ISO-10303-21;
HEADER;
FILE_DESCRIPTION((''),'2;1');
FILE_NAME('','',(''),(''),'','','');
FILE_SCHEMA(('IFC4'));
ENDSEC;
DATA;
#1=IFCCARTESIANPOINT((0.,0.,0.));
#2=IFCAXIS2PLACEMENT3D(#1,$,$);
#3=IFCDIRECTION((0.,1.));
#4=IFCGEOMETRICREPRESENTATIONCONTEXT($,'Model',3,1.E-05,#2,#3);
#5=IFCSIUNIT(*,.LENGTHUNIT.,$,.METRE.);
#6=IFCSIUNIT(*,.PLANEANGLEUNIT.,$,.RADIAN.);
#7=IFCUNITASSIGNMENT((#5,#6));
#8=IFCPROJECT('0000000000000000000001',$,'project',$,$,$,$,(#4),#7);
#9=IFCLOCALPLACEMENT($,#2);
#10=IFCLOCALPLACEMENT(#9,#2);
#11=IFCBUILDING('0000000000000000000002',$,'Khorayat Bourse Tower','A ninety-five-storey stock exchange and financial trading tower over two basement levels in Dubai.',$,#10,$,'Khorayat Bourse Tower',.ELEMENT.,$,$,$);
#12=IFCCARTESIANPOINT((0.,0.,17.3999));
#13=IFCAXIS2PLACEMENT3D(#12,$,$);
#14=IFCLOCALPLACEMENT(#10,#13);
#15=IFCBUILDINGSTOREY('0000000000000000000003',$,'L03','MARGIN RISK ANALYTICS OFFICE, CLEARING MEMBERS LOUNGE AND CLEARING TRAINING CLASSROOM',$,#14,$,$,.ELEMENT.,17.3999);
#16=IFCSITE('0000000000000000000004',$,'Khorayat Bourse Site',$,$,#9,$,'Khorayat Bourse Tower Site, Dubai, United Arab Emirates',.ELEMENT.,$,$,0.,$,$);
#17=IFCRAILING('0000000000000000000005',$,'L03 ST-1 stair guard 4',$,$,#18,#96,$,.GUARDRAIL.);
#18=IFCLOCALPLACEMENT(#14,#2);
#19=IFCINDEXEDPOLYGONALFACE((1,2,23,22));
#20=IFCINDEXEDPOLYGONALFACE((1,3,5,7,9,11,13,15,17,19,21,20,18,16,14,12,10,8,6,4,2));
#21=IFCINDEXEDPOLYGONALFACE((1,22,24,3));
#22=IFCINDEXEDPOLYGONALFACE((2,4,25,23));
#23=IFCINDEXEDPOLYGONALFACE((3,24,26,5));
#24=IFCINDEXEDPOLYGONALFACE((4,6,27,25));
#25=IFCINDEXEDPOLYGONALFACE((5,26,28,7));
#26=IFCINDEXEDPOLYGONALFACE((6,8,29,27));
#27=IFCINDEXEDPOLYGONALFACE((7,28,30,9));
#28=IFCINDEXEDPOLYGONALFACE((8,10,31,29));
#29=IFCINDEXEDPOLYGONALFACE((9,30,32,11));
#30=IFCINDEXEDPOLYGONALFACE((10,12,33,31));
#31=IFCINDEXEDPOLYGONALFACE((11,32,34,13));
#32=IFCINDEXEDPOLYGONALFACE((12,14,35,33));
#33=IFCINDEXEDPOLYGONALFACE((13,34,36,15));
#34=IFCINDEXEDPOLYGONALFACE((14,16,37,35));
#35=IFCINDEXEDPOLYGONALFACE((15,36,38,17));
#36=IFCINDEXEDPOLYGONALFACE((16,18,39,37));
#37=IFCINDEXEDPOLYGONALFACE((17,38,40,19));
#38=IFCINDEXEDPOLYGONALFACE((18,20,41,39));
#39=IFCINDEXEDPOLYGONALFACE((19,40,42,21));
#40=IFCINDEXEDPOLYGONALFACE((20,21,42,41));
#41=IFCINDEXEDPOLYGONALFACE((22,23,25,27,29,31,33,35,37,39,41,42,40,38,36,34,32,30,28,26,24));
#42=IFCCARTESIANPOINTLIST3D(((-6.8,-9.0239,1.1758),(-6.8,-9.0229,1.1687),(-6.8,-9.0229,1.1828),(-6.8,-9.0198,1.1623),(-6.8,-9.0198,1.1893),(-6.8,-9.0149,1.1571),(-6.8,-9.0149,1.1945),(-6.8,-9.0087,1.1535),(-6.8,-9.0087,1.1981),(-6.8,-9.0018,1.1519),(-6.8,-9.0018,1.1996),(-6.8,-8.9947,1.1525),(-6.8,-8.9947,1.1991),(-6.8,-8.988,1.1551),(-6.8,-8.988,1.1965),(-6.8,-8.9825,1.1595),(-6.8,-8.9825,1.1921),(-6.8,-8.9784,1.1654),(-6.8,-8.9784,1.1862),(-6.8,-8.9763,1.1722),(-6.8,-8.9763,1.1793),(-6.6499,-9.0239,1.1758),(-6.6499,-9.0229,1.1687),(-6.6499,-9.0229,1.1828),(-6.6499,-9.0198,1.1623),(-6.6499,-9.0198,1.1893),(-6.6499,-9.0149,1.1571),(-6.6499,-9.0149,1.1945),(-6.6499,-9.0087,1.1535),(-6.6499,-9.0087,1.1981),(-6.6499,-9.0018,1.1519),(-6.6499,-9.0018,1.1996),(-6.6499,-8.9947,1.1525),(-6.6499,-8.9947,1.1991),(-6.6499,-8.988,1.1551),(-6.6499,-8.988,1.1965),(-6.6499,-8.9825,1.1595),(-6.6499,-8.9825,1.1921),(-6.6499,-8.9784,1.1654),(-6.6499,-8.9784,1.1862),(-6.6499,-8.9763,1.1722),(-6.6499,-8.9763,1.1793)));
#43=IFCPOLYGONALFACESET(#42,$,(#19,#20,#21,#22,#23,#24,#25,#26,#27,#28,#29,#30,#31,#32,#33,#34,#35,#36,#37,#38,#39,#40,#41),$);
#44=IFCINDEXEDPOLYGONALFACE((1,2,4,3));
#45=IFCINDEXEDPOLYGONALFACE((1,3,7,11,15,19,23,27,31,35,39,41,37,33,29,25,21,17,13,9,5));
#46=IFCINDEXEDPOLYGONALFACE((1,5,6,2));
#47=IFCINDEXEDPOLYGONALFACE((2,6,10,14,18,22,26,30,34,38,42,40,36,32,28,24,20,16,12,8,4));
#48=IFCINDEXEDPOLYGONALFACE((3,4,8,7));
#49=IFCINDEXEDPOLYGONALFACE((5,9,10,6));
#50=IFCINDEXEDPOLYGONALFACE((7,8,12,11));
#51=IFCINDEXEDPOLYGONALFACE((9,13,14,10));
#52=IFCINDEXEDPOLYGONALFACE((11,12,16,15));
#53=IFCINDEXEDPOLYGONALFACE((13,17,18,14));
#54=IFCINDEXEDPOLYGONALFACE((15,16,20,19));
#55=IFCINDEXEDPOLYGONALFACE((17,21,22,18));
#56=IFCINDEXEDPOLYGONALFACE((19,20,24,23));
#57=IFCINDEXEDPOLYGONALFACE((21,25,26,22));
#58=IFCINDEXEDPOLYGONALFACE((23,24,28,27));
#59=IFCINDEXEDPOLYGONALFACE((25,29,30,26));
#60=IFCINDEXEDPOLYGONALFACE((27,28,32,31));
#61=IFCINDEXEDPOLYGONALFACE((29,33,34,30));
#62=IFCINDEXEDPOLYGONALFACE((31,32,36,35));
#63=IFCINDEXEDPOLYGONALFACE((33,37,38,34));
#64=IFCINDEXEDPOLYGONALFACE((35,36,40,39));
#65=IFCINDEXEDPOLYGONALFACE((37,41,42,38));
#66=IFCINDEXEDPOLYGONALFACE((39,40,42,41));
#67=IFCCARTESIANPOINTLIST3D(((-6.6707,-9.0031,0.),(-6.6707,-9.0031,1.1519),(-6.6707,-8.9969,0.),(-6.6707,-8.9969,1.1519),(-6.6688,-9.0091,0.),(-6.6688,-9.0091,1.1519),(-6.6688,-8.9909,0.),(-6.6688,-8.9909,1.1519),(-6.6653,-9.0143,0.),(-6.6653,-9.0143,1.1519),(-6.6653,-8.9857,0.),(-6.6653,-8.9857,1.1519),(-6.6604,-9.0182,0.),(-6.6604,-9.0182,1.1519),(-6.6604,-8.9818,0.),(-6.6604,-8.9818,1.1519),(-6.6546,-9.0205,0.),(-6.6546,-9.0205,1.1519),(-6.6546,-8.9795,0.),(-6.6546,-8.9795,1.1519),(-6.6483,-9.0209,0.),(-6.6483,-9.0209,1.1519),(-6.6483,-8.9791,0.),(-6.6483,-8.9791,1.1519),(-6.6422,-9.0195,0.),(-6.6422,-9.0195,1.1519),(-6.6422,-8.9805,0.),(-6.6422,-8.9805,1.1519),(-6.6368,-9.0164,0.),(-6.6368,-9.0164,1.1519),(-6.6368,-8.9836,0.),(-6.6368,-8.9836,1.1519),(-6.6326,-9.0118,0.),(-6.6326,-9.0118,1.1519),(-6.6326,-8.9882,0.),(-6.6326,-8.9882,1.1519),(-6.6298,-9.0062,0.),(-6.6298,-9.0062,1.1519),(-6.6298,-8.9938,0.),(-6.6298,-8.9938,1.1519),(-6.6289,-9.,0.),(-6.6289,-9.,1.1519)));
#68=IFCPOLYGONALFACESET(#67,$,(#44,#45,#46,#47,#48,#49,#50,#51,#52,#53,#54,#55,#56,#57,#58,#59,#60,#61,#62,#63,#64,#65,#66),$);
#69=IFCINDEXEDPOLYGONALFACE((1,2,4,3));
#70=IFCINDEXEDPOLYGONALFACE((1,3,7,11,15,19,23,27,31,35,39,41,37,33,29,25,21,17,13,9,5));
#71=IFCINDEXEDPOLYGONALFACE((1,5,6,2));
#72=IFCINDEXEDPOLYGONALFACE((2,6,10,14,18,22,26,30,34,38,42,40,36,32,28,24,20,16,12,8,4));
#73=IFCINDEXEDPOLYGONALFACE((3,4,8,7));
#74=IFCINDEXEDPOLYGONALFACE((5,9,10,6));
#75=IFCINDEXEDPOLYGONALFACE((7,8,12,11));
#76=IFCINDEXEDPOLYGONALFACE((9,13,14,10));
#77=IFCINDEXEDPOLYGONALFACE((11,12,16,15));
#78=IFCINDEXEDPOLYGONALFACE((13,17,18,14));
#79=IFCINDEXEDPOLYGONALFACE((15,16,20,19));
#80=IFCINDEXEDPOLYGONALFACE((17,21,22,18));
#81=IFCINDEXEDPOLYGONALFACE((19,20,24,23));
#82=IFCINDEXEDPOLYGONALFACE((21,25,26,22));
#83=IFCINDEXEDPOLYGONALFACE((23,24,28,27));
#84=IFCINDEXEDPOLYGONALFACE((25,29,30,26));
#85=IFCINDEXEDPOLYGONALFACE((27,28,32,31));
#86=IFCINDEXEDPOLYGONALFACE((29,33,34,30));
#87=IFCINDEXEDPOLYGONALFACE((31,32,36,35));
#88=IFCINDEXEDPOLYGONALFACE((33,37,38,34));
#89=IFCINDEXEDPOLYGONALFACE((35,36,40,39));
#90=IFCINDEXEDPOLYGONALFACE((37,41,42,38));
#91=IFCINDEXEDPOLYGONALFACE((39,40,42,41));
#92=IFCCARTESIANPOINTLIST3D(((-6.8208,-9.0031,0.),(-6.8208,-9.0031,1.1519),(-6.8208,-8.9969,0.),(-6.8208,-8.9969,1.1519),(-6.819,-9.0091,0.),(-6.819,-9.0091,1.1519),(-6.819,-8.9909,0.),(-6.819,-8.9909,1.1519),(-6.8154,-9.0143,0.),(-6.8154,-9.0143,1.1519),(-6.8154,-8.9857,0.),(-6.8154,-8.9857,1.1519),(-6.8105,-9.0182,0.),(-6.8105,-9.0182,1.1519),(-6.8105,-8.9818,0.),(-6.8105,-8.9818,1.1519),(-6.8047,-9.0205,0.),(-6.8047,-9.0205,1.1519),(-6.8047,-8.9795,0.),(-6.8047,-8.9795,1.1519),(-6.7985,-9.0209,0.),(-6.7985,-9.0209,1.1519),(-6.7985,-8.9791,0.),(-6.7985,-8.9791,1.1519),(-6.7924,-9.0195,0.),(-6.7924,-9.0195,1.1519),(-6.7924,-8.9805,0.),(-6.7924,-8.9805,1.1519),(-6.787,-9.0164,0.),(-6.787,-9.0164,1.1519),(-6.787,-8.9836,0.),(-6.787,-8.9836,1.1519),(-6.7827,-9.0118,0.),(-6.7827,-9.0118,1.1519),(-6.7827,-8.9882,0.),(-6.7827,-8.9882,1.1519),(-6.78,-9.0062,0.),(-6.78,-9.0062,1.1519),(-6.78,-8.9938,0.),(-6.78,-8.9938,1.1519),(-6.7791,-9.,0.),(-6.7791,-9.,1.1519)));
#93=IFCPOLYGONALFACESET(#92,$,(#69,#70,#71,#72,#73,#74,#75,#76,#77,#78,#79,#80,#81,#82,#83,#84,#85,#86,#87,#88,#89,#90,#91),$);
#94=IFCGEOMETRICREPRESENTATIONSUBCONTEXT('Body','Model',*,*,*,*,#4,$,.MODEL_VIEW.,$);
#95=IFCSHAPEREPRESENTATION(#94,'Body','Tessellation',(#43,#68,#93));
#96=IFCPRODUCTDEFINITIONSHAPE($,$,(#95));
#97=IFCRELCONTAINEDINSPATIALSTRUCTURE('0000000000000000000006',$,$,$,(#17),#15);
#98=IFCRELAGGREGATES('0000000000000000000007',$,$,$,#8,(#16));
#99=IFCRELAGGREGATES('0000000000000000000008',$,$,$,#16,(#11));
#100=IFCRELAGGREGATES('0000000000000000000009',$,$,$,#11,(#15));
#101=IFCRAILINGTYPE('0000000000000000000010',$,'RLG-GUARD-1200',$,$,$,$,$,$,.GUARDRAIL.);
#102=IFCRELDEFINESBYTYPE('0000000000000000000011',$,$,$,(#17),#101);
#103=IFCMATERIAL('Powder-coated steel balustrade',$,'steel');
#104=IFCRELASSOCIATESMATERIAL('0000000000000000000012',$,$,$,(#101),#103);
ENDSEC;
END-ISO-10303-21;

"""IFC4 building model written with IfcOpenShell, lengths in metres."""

from ifc_helpers import new_model, si_unit, direction, frame, origin, origin_2d, place, context, subcontext, project, spatial, circle, extrude, source, transform, mapped, material, type_object, element, save


model = new_model("IFC4")

# Units and contexts
model_context = context("Model", 3, precision=1e-05, world=origin(), true_north=direction((0.0, 1.0)))
body_context = subcontext(model_context, "Body", "Model", "MODEL_VIEW")
ifc_project = project(units=[si_unit("LENGTHUNIT", "METRE"), si_unit("PLANEANGLEUNIT", "RADIAN")], contexts=[model_context])

# Site, building, storey
site_placement = place(None, origin())
site = spatial("IfcSite", under=ifc_project, at=site_placement, Name="Khorayat Bourse Site", LongName="Khorayat Bourse Tower Site, Dubai, United Arab Emirates", CompositionType="ELEMENT", RefElevation=0.0)
building_placement = place(site_placement, origin())
building = spatial("IfcBuilding", under=site, at=building_placement, Name="Khorayat Bourse Tower", Description="A ninety-five-storey stock exchange and financial trading tower over two basement levels in Dubai.", LongName="Khorayat Bourse Tower", CompositionType="ELEMENT")
storey_placement = place(building_placement, frame((0.0, 0.0, 17.3999)))
storey = spatial("IfcBuildingStorey", under=building, at=storey_placement, Name="L03", Description="MARGIN RISK ANALYTICS OFFICE, CLEARING MEMBERS LOUNGE AND CLEARING TRAINING CLASSROOM", CompositionType="ELEMENT", Elevation=17.3999)

# Railing
ifc_material_1 = material(Name="Powder-coated steel balustrade", Category="steel")
railing_type_1 = type_object("IfcRailingType", Name="RLG-GUARD-1200", PredefinedType="GUARDRAIL", material=ifc_material_1)
shared_shape_1 = source(origin(), body_context, "Body", "SweptSolid", [
    extrude(circle(Radius=0.0239, at=origin_2d()), frame((0.0, 0.0, 1.1758), z_axis=(-1.0, 0.0, 0.0), x_axis=(0.0, -1.0, 0.0)), (0.0, 0.0, 1.0), 0.1501),
    extrude(circle(Radius=0.021, at=origin_2d()), origin(), (0.0, 0.0, 1.0), 1.1519),
    extrude(circle(Radius=0.021, at=origin_2d()), frame((-0.1501, 0.0, 0.0)), (0.0, 0.0, 1.0), 1.1519),
])
railing_1_placement = place(storey_placement, frame((-6.6499, -9.0, 0.0)))
element("IfcRailing", 1, at=railing_1_placement, inside=storey, type_object=railing_type_1, Name="L03 ST-1 stair guard 4", PredefinedType="GUARDRAIL", context=body_context, shape_type="MappedRepresentation", body=[
    mapped(shared_shape_1, transform((0.0, 0.0, 0.0), scale=1.0)),
])

save(model, "model.ifc")
